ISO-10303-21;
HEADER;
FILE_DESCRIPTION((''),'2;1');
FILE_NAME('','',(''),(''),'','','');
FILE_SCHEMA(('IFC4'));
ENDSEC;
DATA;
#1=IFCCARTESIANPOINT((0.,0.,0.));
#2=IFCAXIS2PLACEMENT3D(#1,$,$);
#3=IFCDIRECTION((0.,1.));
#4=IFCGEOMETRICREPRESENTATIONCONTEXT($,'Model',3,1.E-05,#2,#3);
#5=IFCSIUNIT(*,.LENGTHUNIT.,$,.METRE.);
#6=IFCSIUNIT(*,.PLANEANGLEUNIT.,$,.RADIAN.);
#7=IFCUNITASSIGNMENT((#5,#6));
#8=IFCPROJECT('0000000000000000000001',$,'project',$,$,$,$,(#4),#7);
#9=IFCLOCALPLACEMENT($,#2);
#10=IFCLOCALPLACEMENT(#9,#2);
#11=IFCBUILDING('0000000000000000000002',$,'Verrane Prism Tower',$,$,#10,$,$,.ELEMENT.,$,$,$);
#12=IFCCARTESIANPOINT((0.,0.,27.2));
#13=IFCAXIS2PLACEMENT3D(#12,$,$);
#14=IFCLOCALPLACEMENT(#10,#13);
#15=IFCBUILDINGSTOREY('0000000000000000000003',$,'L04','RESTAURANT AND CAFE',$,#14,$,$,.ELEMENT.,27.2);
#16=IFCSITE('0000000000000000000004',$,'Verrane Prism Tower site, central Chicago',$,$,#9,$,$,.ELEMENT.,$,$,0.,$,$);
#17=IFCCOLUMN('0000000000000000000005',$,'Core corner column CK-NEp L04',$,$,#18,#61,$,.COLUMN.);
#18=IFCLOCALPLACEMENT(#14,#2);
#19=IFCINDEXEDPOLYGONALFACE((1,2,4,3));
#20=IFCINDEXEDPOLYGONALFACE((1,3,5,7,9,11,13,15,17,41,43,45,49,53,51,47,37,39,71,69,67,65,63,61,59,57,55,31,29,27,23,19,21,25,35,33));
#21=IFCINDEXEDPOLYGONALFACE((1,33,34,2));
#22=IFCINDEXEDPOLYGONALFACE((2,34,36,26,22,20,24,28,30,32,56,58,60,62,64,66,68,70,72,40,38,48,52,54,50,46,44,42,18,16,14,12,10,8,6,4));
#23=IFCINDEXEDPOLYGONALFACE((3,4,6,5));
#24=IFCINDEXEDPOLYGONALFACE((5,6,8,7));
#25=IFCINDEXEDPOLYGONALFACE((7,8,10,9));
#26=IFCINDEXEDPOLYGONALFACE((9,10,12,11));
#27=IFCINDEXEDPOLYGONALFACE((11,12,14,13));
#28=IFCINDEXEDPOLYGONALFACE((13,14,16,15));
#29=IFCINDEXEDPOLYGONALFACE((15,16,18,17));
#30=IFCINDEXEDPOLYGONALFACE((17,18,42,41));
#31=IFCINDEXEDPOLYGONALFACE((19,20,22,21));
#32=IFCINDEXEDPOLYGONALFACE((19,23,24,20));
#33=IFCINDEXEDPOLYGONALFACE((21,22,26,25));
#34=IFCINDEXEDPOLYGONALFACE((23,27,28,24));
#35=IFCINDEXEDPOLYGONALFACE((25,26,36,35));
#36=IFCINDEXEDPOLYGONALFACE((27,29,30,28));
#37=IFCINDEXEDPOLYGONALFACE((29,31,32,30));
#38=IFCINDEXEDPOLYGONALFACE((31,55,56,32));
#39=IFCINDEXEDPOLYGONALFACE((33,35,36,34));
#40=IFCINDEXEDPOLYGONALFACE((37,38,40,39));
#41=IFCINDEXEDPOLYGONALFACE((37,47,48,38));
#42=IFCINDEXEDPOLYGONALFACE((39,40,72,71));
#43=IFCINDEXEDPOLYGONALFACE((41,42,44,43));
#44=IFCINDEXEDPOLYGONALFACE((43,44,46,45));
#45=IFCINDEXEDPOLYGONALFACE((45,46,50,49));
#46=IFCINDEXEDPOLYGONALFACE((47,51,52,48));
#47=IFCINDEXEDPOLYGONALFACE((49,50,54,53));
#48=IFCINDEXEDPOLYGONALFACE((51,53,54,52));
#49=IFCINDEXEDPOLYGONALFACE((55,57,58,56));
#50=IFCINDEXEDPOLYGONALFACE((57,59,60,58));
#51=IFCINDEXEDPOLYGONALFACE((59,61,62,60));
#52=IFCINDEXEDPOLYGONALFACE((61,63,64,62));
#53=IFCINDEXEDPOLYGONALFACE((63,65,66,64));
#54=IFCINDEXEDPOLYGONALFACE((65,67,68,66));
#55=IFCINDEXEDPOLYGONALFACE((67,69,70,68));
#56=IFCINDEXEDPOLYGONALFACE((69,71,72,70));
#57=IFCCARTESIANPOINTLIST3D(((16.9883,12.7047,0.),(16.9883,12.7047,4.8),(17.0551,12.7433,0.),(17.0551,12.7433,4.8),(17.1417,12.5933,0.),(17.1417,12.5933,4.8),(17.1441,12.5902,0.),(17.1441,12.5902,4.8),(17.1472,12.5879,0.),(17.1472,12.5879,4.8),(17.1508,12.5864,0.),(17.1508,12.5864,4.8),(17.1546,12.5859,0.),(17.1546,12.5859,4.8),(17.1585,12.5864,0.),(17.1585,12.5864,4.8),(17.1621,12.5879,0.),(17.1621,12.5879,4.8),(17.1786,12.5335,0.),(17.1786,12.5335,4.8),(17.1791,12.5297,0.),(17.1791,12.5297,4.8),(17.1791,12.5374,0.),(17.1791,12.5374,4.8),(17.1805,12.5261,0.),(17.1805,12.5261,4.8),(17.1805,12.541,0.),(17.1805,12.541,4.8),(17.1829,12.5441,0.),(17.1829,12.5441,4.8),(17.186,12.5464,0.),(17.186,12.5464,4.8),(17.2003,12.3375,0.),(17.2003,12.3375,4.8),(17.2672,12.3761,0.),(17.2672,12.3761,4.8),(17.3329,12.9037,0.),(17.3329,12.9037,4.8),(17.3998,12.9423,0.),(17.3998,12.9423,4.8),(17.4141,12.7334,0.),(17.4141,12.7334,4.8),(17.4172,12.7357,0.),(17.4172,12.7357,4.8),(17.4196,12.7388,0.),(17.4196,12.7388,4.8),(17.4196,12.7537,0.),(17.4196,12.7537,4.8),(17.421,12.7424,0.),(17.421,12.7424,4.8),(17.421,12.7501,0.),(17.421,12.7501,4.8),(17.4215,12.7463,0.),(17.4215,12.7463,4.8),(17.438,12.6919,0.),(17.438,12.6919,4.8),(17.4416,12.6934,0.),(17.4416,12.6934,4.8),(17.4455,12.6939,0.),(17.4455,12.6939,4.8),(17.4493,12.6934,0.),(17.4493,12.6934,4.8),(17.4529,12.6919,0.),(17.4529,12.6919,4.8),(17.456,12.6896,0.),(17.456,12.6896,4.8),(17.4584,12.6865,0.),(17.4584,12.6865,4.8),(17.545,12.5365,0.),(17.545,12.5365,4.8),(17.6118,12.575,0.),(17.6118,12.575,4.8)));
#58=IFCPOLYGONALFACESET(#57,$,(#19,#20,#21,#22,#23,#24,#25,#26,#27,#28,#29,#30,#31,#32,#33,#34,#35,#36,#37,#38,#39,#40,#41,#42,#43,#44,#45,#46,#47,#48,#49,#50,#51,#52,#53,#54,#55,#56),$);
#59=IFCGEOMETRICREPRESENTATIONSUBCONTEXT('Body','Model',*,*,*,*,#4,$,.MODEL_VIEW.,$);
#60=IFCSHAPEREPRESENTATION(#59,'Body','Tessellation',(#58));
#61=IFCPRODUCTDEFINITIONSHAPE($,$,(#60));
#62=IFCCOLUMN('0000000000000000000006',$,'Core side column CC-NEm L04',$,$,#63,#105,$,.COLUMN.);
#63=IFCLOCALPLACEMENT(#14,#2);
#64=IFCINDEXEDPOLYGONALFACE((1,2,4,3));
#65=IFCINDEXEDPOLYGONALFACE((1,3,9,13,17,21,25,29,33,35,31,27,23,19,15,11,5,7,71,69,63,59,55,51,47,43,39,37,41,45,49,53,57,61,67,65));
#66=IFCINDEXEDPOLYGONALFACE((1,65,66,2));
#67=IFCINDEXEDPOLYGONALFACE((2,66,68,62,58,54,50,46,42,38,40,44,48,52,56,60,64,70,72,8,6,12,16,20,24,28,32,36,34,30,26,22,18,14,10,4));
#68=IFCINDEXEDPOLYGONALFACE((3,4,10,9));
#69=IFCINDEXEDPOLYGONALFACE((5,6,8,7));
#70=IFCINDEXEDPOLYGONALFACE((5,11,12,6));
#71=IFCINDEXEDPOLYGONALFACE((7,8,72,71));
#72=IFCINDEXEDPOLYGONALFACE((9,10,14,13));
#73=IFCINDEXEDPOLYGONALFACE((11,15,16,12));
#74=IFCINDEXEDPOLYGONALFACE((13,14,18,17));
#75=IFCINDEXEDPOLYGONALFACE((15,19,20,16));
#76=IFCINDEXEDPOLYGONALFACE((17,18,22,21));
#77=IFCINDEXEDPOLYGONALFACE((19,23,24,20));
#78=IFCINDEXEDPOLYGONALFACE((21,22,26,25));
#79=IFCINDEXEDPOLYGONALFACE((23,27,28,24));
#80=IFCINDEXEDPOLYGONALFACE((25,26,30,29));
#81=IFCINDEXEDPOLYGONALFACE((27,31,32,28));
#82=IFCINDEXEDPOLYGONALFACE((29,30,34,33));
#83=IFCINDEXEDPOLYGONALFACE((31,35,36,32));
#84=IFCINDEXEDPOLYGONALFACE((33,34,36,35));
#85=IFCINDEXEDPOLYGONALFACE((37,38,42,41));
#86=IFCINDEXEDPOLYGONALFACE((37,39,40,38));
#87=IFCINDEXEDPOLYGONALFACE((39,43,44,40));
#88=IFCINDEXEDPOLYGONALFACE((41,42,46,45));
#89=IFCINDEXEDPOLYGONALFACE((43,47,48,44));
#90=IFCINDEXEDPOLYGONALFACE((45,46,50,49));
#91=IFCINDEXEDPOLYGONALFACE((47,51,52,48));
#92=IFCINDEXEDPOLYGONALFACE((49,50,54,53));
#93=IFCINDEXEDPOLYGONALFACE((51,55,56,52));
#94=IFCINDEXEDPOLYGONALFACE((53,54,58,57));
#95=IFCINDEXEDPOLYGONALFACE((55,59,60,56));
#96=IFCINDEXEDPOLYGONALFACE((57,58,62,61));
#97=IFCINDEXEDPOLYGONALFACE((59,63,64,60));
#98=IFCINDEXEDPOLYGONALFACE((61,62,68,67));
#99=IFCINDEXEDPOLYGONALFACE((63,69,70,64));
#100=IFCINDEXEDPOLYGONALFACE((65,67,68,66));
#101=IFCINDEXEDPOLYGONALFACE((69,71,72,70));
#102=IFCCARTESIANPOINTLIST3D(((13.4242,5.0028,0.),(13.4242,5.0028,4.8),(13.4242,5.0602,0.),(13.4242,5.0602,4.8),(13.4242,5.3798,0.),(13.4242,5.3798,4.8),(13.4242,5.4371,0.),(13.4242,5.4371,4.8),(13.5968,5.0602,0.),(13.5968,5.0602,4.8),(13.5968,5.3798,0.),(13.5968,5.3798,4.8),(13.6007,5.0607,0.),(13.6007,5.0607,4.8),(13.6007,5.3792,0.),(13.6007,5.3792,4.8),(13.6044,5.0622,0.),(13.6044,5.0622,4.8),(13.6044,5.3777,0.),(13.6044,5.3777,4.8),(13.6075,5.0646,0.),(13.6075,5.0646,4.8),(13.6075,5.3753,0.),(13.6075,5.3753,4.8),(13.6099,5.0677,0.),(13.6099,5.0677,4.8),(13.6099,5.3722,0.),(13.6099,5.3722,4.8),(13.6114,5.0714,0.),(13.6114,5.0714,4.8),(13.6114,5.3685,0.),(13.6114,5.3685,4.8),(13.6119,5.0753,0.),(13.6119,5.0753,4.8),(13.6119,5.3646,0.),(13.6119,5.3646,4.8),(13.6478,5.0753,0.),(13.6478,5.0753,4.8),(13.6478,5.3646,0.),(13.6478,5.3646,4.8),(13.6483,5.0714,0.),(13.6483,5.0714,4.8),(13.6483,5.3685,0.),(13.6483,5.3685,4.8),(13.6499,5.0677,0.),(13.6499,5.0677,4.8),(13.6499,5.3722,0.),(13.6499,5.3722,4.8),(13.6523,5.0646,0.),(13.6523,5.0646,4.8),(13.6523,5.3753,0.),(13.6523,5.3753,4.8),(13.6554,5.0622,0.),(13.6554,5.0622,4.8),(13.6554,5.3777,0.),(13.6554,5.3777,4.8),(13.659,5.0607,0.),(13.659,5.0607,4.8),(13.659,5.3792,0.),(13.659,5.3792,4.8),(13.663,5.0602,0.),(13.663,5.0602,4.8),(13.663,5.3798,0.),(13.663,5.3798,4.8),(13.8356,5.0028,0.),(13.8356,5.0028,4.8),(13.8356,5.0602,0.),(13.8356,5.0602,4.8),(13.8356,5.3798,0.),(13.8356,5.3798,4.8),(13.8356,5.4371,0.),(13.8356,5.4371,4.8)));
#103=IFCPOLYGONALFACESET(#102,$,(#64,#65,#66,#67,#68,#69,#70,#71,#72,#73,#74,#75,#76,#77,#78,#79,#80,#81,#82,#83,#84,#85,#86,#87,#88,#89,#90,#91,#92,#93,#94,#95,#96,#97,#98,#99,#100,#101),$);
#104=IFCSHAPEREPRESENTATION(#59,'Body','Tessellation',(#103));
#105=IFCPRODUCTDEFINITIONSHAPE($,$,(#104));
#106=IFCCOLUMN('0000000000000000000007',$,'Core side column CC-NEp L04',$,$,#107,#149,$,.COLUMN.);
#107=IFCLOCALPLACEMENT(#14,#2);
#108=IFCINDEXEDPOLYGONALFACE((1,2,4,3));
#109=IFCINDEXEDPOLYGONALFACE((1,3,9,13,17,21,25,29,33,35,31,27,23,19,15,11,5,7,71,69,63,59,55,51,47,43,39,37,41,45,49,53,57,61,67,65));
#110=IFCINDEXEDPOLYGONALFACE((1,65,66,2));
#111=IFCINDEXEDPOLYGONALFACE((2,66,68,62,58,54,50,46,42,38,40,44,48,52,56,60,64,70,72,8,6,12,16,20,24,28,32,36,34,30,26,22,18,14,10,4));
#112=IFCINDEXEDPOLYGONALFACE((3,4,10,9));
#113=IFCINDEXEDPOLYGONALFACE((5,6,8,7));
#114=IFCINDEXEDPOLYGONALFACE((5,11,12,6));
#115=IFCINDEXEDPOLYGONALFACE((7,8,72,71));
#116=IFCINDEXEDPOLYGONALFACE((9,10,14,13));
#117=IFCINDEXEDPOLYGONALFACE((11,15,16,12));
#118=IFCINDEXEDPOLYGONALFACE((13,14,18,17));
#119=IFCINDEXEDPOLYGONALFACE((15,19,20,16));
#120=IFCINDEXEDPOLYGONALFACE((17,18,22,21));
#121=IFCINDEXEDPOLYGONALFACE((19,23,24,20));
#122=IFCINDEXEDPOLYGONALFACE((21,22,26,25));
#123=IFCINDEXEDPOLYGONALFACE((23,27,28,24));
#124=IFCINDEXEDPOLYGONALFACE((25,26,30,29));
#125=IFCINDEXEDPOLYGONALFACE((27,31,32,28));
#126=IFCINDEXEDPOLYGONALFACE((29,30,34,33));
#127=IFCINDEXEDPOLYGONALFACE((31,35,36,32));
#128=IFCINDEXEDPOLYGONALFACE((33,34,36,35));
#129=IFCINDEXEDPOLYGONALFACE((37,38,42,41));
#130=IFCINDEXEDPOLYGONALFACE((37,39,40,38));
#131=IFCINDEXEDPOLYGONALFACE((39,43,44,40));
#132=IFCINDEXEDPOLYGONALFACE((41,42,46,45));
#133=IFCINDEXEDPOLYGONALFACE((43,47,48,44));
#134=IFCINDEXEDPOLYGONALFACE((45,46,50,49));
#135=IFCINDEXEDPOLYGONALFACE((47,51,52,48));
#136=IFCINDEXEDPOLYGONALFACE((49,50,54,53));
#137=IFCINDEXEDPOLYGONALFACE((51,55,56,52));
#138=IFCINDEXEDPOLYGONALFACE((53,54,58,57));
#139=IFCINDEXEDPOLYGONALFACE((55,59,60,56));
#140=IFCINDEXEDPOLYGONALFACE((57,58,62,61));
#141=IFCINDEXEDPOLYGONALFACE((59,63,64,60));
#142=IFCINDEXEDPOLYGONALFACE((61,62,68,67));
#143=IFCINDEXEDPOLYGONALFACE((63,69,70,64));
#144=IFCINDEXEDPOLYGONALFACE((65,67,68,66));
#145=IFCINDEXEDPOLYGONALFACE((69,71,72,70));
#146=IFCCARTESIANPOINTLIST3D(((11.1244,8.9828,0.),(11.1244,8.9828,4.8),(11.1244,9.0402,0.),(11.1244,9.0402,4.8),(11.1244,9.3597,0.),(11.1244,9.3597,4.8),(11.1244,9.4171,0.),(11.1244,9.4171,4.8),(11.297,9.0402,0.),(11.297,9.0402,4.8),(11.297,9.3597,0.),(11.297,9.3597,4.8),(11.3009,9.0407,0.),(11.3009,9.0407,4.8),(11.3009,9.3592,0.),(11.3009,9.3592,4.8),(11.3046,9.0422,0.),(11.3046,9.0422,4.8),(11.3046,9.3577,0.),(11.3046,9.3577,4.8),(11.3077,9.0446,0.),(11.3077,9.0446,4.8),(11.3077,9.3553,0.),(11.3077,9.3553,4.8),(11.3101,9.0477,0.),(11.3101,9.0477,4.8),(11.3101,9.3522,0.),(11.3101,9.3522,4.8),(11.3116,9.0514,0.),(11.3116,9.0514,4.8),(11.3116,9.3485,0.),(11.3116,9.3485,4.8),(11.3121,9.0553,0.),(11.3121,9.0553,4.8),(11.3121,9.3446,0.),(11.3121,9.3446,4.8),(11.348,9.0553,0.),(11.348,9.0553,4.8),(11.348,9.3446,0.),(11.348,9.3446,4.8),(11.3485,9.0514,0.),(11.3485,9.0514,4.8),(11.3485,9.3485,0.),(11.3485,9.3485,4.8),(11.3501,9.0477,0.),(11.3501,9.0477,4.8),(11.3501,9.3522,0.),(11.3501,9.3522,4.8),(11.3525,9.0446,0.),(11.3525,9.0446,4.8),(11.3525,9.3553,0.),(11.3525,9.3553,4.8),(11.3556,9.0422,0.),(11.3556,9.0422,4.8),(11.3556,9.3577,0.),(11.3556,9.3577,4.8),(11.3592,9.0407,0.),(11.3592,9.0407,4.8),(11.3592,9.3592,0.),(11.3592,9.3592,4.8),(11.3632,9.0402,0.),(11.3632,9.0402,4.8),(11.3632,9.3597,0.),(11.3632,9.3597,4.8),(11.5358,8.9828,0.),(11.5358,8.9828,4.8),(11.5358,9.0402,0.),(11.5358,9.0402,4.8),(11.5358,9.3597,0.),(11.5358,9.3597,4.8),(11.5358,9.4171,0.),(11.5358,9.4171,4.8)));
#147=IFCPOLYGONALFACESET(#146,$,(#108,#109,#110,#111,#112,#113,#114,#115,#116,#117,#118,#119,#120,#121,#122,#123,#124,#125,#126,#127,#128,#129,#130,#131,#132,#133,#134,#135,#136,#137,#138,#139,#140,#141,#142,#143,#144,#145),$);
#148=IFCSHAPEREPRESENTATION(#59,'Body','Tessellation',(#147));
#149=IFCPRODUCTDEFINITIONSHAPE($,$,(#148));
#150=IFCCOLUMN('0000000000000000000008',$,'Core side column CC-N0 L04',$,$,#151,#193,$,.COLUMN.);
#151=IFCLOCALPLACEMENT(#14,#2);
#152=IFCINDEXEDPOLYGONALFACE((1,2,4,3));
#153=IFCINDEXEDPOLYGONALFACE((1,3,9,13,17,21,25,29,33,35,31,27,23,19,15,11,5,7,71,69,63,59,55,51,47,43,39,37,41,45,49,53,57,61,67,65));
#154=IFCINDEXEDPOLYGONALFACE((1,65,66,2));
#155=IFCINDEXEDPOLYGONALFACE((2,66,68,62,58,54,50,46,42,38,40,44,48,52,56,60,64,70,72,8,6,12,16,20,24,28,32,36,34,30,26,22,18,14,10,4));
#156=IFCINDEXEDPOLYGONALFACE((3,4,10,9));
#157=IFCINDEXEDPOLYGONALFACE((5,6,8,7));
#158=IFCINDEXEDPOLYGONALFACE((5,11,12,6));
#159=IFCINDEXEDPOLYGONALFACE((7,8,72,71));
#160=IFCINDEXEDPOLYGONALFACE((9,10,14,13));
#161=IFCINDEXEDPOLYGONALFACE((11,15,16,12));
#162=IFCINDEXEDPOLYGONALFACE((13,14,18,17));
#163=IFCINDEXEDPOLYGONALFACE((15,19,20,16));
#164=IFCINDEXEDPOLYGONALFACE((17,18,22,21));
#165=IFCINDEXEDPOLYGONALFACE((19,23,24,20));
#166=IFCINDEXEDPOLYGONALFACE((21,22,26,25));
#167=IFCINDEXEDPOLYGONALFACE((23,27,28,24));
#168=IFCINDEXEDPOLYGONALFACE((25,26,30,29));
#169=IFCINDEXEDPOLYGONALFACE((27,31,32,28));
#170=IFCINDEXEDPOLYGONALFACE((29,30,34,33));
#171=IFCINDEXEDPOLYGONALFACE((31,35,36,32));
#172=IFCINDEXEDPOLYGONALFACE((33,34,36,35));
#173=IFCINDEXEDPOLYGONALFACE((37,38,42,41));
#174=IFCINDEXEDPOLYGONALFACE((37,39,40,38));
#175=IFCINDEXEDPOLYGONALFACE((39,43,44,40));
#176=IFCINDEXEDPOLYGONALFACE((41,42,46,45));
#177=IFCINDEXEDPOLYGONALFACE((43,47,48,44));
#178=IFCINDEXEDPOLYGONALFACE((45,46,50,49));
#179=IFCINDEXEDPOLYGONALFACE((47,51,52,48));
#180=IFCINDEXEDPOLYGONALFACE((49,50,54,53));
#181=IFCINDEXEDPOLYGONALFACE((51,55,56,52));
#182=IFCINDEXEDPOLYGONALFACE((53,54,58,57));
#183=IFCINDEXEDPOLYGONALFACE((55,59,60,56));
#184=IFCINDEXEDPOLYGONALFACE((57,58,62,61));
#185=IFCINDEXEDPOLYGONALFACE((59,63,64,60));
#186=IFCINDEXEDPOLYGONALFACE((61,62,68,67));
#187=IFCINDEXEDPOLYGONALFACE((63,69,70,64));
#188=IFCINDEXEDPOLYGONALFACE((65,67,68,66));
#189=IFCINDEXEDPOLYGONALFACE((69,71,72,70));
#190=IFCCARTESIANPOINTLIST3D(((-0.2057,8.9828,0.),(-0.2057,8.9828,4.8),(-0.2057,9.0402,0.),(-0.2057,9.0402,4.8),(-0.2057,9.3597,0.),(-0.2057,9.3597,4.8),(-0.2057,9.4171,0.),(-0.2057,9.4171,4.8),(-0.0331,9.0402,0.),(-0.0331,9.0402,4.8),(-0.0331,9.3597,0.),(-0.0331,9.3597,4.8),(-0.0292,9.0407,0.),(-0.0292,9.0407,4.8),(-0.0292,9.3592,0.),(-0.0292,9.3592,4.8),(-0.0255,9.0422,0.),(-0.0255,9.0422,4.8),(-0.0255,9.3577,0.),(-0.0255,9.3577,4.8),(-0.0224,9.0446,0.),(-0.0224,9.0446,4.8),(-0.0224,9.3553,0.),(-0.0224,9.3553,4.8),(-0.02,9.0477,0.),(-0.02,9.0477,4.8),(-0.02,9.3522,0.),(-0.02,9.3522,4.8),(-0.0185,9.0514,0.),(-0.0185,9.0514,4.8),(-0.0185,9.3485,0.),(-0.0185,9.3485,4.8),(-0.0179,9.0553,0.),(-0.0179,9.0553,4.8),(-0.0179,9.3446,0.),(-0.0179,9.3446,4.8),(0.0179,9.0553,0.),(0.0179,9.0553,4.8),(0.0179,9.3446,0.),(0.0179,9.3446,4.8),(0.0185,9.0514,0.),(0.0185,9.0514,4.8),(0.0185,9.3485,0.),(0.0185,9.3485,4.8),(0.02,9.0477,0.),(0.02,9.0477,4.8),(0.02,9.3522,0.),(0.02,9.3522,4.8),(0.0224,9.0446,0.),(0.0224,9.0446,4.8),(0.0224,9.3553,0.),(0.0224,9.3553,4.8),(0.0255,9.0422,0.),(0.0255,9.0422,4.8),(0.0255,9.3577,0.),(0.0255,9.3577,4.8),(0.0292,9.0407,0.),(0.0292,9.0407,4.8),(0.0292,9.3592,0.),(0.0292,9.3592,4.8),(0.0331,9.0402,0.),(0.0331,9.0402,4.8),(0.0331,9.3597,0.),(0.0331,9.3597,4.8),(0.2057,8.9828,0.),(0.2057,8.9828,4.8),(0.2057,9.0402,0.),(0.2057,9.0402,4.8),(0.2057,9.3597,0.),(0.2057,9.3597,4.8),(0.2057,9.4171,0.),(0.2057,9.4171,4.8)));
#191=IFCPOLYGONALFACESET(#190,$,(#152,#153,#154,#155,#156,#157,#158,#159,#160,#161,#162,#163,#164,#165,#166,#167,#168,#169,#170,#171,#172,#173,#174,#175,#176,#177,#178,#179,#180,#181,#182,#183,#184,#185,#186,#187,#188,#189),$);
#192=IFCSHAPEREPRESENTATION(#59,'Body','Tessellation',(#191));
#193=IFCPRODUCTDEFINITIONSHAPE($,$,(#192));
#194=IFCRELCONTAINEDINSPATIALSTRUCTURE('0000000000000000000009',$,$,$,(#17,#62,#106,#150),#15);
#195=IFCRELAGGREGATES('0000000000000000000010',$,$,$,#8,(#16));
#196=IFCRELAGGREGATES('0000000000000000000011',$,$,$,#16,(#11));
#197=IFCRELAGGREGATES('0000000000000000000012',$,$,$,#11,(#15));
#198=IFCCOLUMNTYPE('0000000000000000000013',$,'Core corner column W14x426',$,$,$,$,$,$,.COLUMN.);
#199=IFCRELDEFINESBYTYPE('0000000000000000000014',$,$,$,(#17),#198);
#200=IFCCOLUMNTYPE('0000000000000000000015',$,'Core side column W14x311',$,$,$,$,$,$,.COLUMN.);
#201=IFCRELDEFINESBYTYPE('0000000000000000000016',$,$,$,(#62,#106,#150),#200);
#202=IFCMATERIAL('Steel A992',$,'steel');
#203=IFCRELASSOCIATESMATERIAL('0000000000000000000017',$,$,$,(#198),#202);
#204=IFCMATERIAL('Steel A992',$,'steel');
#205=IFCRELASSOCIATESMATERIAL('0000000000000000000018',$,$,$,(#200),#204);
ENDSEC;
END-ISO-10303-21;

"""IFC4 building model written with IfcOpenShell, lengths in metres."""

from ifc_helpers import new_model, si_unit, direction, frame, origin, origin_2d, place, context, subcontext, project, spatial, i_section, extrude, material, material_profile, profile_set, type_object, element, save


model = new_model("IFC4")

# Units and contexts
model_context = context("Model", 3, precision=1e-05, world=origin(), true_north=direction((0.0, 1.0)))
body_context = subcontext(model_context, "Body", "Model", "MODEL_VIEW")
ifc_project = project(units=[si_unit("LENGTHUNIT", "METRE"), si_unit("PLANEANGLEUNIT", "RADIAN")], contexts=[model_context])

# Site, building, storey
site_placement = place(None, origin())
site = spatial("IfcSite", under=ifc_project, at=site_placement, Name="Verrane Prism Tower site, central Chicago", CompositionType="ELEMENT", RefElevation=0.0)
building_placement = place(site_placement, origin())
building = spatial("IfcBuilding", under=site, at=building_placement, Name="Verrane Prism Tower", CompositionType="ELEMENT")
storey_placement = place(building_placement, frame((0.0, 0.0, 27.2)))
storey = spatial("IfcBuildingStorey", under=building, at=storey_placement, Name="L04", Description="RESTAURANT AND CAFE", CompositionType="ELEMENT", Elevation=27.2)

# Columns
ifc_material_1 = material(Name="Steel A992", Category="steel")
ifc_material_profile_1 = material_profile(ifc_material_1, i_section(OverallWidth=0.4241, OverallDepth=0.4751, WebThickness=0.0479, FlangeThickness=0.0771, FilletRadius=0.0149, at=origin_2d()), Name="W14x426")
ifc_profile_set_1 = profile_set([ifc_material_profile_1], Name="Steel A992")
column_type_1 = type_object("IfcColumnType", Name="Core corner column W14x426", PredefinedType="COLUMN", material=ifc_profile_set_1)
column_placement = place(storey_placement, frame((17.3, 12.6399, 0.0), z_axis=(0.0, 0.0, 1.0), x_axis=(0.5, -0.866025, 0.0)))
element("IfcColumn", 1, at=column_placement, inside=storey, type_object=column_type_1, Name="Core corner column CK-NEp L04", PredefinedType="COLUMN", context=body_context, shape_type="SweptSolid", body=[
    extrude(i_section(OverallWidth=0.4241, OverallDepth=0.4751, WebThickness=0.0479, FlangeThickness=0.0771, FilletRadius=0.0149, at=origin_2d()), origin(), (0.0, 0.0, 1.0), 4.8),
])
ifc_material_2 = material(Name="Steel A992", Category="steel")
ifc_material_profile_2 = material_profile(ifc_material_2, i_section(OverallWidth=0.4114, OverallDepth=0.4343, WebThickness=0.0359, FlangeThickness=0.0574, FilletRadius=0.0151, at=origin_2d()), Name="W14x311")
ifc_profile_set_2 = profile_set([ifc_material_profile_2], Name="Steel A992")
column_type_2 = type_object("IfcColumnType", Name="Core side column W14x311", PredefinedType="COLUMN", material=ifc_profile_set_2)
for number, where, z_axis, x_axis, name in (
    (2, (13.6299, 5.22, 0.0), (0.0, 0.0, 1.0), (1.0, 0.0, 0.0), "Core side column CC-NEm L04"),
    (3, (11.3301, 9.2, 0.0), (0.0, 0.0, 1.0), (1.0, 0.0, 0.0), "Core side column CC-NEp L04"),
    (4, (0.0, 9.2, 0.0), (0.0, 0.0, 1.0), (1.0, 0.0, 0.0), "Core side column CC-N0 L04"),
):
    element("IfcColumn", number, at=place(storey_placement, frame(where, z_axis=z_axis, x_axis=x_axis)), inside=storey, type_object=column_type_2, Name=name, PredefinedType="COLUMN", context=body_context, shape_type="SweptSolid", body=[
        extrude(i_section(OverallWidth=0.4114, OverallDepth=0.4343, WebThickness=0.0359, FlangeThickness=0.0574, FilletRadius=0.0151, at=origin_2d()), origin(), (0.0, 0.0, 1.0), 4.8),
    ])

save(model, "model.ifc")
